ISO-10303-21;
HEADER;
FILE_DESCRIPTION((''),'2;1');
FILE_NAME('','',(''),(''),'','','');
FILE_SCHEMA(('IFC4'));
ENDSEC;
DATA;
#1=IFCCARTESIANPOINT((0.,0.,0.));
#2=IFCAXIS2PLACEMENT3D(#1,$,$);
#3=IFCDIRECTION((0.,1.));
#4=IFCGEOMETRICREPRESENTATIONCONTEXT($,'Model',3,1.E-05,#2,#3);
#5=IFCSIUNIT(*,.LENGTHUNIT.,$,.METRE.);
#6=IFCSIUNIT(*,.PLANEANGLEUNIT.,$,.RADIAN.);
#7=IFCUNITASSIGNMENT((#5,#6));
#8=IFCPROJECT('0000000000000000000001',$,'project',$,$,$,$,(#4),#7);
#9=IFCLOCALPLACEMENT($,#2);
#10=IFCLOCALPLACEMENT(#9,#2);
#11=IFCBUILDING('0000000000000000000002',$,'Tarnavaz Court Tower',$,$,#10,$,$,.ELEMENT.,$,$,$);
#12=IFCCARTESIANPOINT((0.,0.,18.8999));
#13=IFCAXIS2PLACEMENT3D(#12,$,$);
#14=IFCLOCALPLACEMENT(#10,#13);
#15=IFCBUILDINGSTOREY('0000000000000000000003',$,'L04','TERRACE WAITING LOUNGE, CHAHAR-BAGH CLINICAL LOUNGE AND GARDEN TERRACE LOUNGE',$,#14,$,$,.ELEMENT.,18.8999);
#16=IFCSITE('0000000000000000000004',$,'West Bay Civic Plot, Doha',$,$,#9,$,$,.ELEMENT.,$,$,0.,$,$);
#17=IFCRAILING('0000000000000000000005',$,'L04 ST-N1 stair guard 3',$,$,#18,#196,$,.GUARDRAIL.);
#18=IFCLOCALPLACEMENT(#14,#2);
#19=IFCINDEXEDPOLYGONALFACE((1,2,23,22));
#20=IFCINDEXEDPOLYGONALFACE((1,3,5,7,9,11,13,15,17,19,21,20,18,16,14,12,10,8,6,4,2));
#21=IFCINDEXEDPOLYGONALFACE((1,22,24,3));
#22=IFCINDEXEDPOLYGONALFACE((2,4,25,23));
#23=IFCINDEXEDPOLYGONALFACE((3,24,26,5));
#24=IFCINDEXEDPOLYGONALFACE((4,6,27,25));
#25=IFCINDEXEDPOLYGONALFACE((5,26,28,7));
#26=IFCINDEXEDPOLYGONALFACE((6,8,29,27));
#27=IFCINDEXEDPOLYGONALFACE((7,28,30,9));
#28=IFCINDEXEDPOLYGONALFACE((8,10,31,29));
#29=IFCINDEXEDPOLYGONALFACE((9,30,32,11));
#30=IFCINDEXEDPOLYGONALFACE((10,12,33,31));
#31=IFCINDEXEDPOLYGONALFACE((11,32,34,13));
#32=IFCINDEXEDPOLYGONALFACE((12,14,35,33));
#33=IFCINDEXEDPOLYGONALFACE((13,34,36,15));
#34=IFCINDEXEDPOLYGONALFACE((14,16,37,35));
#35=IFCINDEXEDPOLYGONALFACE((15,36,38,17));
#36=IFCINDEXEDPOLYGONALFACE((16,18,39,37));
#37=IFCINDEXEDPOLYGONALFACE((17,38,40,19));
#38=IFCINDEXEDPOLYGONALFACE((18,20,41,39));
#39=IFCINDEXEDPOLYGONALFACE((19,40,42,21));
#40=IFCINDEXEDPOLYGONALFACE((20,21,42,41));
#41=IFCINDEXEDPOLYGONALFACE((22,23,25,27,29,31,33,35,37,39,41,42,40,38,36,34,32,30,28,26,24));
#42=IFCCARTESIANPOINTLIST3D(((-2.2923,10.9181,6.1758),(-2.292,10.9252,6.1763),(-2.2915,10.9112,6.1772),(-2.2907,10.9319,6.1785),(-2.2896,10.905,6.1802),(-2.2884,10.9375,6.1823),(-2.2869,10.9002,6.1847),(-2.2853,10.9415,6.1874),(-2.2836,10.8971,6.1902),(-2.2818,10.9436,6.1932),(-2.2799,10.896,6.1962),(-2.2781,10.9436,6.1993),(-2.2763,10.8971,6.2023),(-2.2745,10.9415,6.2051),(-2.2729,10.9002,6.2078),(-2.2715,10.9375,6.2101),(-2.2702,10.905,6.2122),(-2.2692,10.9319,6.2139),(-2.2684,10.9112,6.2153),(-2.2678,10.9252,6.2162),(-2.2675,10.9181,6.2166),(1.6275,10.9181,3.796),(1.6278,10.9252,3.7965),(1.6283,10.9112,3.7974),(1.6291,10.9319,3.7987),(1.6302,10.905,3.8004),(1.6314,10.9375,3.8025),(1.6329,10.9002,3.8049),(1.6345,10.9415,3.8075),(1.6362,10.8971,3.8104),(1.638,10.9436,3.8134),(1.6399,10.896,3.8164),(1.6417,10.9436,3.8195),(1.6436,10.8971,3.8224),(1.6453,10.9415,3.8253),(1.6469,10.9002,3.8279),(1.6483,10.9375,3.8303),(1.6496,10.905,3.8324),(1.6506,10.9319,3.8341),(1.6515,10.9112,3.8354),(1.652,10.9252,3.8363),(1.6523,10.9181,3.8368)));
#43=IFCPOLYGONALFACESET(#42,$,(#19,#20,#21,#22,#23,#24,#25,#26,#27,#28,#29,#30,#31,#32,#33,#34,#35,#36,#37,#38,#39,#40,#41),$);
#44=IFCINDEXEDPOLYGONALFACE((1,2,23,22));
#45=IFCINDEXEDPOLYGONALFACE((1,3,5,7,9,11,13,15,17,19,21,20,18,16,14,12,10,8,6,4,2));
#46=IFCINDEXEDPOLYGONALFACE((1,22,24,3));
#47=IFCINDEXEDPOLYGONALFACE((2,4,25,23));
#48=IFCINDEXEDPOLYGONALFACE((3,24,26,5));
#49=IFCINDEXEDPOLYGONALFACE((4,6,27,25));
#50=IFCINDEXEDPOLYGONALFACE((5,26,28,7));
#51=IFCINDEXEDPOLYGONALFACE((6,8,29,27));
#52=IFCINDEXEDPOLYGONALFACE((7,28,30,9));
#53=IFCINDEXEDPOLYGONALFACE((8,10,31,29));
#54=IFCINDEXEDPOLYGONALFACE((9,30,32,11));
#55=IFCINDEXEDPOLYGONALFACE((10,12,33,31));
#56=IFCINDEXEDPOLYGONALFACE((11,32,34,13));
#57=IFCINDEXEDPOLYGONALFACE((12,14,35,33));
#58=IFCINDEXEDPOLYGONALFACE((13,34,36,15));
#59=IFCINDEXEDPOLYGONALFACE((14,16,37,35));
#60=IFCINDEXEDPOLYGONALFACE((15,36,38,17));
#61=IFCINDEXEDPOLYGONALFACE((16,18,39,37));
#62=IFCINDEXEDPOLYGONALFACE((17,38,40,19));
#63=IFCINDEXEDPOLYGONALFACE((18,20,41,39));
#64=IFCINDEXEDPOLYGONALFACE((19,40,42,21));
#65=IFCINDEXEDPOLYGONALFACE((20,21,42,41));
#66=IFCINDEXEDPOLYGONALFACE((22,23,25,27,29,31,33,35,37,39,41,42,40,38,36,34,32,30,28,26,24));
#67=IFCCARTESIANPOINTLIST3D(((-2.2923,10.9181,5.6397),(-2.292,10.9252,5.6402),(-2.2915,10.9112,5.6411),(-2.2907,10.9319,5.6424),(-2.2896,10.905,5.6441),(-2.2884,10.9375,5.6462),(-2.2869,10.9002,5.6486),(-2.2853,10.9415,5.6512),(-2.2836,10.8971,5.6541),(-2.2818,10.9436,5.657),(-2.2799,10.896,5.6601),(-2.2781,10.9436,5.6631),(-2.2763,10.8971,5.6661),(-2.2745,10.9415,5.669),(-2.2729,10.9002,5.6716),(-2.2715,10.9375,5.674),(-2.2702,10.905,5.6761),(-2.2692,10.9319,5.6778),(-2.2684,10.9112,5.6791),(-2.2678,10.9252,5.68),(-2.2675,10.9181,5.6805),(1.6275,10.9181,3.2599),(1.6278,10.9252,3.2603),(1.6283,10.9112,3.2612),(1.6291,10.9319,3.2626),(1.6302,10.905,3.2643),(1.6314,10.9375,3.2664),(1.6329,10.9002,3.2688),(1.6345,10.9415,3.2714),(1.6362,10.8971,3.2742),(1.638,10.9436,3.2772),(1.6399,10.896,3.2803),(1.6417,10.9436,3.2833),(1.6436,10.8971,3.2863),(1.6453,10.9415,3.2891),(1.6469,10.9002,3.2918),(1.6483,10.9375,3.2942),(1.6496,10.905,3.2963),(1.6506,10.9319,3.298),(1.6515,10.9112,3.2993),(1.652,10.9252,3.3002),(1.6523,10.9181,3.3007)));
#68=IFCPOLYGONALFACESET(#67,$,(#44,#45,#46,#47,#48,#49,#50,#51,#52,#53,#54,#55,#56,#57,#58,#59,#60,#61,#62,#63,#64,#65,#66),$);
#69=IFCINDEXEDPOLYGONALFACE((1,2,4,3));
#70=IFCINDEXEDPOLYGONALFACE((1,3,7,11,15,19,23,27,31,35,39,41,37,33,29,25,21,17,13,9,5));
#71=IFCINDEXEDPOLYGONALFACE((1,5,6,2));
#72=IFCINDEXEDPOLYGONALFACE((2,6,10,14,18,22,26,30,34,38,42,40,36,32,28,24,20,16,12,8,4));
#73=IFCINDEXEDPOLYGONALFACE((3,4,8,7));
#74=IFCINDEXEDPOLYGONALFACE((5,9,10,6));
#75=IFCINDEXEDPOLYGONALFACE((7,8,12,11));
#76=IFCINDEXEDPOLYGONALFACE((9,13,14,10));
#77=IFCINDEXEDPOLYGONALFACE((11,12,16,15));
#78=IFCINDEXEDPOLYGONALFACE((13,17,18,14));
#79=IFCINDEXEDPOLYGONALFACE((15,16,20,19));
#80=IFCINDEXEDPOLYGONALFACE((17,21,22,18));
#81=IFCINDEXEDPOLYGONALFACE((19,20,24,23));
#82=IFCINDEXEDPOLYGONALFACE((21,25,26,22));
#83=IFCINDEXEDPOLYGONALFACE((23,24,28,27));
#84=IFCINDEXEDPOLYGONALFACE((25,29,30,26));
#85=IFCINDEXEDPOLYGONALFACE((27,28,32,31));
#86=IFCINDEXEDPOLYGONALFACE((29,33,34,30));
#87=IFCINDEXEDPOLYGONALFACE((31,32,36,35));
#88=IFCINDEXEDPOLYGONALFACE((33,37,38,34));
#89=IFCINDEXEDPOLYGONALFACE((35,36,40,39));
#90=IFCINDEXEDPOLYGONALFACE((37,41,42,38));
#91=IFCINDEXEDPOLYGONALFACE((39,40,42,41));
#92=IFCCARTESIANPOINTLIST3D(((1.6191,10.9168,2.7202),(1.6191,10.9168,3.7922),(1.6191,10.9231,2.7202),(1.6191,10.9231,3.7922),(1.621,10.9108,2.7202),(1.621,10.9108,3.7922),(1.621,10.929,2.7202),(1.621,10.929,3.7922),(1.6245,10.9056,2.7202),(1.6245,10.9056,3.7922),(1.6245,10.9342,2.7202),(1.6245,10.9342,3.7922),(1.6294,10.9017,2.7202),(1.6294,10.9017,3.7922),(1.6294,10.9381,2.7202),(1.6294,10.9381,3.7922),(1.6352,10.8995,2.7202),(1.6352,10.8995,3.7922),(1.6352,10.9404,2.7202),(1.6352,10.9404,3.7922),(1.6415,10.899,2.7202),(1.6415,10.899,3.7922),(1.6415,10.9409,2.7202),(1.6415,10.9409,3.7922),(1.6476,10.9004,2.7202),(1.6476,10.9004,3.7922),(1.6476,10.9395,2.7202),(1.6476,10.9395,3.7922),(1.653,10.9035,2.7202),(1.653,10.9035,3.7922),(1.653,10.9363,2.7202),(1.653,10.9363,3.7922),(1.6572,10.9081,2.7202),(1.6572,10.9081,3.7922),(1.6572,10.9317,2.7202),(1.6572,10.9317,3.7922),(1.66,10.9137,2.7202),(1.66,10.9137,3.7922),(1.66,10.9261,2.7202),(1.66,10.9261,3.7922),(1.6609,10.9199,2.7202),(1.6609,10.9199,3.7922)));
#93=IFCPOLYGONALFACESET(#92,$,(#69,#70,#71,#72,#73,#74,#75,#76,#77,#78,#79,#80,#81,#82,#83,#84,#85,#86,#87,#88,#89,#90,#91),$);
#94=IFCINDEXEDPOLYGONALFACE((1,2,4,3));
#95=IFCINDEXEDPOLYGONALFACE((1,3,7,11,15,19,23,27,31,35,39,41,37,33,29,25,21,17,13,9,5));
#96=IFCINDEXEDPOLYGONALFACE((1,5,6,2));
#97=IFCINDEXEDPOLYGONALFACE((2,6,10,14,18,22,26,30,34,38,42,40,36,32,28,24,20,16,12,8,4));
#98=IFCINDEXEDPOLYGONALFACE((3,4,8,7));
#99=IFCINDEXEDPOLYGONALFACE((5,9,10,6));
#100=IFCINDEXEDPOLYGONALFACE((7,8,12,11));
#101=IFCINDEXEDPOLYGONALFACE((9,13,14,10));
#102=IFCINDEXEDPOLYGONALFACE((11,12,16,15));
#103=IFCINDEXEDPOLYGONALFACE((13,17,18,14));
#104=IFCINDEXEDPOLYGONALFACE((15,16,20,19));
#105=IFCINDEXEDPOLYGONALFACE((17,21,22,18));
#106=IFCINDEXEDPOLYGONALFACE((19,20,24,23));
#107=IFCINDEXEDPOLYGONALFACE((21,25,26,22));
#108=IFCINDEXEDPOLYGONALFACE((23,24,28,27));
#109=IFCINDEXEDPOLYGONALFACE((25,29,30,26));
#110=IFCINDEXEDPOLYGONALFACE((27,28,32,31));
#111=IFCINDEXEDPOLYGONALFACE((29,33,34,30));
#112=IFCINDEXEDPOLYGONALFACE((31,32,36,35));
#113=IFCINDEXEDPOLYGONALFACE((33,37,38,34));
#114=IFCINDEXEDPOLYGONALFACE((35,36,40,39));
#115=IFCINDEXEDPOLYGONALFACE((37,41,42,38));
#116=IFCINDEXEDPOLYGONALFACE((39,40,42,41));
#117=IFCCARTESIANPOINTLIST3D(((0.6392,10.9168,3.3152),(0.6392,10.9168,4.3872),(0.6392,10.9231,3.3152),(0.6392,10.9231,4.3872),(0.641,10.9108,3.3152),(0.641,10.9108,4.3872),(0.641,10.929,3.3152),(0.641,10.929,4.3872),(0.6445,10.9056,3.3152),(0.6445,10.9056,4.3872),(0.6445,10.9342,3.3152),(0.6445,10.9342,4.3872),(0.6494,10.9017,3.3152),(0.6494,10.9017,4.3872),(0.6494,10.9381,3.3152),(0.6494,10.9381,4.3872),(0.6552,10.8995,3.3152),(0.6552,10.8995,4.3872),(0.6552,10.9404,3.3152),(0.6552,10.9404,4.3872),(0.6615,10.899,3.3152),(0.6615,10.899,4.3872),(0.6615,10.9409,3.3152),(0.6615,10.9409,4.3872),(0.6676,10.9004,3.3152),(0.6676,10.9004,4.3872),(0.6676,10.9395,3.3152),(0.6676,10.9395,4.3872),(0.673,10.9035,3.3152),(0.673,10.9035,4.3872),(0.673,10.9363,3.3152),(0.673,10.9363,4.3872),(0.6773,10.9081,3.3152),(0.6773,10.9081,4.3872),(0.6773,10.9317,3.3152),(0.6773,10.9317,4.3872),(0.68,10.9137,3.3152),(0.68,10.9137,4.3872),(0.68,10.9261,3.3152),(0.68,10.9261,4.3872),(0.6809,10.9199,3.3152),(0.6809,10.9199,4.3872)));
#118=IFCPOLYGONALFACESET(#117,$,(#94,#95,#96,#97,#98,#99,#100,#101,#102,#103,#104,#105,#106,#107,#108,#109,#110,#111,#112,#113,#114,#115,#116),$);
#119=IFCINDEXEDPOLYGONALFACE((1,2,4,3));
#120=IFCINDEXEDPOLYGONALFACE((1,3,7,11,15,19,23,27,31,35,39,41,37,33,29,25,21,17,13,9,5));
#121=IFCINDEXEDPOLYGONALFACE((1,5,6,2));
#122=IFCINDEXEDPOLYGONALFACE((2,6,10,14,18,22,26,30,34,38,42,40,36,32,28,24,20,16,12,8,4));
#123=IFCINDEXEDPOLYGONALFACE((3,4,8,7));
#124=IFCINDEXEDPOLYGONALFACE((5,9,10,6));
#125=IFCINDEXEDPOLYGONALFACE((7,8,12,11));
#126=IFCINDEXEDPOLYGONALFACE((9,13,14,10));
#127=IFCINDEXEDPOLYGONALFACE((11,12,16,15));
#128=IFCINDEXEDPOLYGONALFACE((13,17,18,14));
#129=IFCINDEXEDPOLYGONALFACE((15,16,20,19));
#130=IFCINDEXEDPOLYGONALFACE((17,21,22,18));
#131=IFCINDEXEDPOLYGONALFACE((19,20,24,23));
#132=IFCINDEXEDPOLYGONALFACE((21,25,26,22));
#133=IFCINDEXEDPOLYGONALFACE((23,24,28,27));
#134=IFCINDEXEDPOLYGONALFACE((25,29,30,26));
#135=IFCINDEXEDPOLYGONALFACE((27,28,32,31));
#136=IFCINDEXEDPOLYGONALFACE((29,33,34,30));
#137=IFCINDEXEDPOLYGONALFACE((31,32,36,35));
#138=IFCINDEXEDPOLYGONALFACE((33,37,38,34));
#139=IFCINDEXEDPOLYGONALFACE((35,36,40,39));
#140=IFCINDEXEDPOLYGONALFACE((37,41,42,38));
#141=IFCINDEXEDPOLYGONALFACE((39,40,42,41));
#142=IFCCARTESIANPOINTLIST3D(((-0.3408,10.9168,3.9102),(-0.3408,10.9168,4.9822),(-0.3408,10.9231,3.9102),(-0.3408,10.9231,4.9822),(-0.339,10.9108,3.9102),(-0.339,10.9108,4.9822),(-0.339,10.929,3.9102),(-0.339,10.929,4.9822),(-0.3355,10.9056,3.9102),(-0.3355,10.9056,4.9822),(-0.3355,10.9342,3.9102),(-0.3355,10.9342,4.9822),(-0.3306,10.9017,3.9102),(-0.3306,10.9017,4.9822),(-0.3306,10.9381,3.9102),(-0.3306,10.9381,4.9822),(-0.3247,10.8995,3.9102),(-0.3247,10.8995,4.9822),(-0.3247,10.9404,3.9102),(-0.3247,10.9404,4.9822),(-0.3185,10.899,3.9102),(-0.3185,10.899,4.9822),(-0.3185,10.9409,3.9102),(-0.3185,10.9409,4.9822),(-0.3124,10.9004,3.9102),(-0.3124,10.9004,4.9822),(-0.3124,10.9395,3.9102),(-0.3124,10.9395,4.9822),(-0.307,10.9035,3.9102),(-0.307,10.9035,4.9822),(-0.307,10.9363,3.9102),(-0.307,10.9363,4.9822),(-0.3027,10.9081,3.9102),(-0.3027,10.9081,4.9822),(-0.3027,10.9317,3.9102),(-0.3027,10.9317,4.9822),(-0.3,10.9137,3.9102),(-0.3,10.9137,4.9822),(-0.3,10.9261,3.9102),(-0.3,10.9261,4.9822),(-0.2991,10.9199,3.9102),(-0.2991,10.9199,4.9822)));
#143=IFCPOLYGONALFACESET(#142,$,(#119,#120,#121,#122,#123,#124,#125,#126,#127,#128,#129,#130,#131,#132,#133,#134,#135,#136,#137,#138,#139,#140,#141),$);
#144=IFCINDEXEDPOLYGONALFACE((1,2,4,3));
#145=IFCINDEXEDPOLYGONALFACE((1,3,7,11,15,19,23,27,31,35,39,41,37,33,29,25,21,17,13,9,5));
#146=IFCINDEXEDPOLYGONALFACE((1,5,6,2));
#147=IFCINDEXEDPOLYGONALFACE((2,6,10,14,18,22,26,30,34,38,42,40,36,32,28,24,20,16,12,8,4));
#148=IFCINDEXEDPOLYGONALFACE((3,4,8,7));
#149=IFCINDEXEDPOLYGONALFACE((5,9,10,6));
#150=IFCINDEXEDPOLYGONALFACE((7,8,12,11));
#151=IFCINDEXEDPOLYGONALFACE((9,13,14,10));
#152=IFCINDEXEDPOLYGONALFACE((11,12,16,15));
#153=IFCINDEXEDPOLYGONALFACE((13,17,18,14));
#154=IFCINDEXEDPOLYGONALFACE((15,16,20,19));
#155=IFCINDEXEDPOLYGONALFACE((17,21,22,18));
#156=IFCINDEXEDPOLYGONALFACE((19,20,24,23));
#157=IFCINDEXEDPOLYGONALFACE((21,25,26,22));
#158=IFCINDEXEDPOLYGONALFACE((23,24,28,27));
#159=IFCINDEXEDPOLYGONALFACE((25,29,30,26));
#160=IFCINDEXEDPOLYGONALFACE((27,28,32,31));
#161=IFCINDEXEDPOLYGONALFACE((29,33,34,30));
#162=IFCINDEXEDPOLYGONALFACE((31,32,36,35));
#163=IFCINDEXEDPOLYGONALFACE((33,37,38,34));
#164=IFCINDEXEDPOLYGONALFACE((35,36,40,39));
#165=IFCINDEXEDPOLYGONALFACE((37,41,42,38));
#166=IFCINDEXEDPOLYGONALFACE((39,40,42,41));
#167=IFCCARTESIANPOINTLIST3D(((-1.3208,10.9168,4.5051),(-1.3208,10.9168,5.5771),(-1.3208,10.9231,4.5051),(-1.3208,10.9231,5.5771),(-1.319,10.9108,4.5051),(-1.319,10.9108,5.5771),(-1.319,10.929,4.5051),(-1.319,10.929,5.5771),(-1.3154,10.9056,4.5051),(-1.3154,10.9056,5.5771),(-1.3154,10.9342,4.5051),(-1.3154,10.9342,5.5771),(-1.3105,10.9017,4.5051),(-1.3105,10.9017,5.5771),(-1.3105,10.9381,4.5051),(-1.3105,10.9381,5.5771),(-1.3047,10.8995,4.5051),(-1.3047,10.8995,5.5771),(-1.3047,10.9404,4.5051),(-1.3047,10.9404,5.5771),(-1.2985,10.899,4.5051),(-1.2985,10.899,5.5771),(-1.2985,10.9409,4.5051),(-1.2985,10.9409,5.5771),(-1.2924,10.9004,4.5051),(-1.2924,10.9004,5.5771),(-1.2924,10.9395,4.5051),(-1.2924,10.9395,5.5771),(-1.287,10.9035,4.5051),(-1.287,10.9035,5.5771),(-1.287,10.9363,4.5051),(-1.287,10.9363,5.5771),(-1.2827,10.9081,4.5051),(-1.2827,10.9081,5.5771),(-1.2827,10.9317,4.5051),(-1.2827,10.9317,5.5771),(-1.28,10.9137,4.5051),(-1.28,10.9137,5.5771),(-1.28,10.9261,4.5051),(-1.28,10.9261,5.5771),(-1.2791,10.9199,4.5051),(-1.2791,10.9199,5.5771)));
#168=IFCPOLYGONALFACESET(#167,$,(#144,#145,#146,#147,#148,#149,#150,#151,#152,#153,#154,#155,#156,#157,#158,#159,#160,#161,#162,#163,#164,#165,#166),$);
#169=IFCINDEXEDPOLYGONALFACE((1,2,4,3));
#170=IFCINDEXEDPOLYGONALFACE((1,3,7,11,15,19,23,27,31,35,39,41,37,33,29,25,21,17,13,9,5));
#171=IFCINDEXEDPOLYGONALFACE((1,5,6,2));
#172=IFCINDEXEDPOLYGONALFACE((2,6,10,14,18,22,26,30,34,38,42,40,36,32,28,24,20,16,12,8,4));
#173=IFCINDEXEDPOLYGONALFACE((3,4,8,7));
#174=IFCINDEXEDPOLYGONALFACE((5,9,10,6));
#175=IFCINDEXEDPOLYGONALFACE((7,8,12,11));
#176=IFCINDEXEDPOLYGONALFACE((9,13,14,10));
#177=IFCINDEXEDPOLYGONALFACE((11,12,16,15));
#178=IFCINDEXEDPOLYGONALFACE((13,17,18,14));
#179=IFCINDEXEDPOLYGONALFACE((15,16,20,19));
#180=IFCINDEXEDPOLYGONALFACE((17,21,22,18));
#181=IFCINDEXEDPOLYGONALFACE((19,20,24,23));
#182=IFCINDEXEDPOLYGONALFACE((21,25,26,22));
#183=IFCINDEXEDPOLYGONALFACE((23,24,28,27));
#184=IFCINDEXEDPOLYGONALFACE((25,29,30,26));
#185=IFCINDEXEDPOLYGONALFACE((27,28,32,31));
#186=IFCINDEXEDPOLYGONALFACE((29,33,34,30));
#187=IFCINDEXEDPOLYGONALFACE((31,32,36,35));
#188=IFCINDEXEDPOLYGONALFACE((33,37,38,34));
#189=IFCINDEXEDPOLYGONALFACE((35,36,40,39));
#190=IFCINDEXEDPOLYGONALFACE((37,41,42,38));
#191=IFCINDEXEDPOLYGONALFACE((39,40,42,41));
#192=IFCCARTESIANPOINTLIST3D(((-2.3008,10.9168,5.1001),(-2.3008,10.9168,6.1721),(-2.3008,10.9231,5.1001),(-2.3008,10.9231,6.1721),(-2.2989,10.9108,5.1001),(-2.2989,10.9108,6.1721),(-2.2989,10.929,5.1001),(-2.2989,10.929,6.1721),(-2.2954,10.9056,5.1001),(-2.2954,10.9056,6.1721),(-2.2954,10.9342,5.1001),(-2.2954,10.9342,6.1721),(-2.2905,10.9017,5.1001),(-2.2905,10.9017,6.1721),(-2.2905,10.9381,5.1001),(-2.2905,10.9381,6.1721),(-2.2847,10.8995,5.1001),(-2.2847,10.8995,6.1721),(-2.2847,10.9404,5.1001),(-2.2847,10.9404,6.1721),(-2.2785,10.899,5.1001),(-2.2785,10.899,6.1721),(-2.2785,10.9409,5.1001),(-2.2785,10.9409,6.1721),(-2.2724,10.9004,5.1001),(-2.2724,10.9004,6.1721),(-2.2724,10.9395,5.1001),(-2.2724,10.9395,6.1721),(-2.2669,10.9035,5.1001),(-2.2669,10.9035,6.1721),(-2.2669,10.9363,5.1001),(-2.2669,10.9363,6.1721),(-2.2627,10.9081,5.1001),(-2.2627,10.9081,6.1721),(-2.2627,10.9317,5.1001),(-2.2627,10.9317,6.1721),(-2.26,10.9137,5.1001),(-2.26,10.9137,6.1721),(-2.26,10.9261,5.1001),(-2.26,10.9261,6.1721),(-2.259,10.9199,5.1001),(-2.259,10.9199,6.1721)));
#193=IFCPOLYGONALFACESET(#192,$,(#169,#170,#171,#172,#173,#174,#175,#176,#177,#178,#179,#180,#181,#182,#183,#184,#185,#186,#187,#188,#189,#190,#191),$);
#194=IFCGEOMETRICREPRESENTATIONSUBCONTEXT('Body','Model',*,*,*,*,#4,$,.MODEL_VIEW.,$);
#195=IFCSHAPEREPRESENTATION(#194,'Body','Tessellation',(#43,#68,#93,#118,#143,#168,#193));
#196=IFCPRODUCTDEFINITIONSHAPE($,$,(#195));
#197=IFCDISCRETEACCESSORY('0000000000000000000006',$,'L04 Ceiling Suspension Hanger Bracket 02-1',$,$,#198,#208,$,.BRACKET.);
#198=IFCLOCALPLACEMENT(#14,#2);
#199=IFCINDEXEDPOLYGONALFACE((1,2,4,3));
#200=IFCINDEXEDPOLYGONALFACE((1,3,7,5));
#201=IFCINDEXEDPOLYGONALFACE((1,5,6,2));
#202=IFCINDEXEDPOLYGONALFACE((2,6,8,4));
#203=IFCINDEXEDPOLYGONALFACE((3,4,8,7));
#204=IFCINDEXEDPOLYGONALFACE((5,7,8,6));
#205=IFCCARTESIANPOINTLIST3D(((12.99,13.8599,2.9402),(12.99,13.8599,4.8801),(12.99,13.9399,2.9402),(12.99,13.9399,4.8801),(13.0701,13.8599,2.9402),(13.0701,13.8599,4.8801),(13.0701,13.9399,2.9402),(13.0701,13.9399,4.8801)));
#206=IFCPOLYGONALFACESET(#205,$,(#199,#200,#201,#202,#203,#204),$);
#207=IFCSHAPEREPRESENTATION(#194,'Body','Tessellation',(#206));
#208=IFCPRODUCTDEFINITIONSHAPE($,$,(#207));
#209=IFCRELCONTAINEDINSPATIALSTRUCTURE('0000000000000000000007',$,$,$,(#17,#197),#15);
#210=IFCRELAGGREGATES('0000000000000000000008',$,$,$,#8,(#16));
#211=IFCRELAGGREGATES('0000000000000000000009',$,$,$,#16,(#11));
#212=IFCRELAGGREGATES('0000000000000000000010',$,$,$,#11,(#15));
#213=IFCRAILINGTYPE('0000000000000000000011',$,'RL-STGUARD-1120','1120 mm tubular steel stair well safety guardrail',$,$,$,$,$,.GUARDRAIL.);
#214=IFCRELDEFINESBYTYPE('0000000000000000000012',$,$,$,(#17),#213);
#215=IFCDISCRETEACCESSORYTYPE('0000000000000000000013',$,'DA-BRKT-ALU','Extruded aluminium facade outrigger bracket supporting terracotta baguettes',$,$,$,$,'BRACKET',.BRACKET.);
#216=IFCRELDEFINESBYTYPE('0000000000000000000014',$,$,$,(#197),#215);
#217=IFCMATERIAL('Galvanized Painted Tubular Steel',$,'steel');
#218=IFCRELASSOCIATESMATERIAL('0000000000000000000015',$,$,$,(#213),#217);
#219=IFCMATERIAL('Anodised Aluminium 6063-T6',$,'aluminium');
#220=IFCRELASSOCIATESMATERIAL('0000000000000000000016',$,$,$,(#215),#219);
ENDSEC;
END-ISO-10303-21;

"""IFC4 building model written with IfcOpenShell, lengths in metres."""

from ifc_helpers import new_model, si_unit, direction, frame, origin, origin_2d, place, context, subcontext, project, spatial, rectangle, circle, extrude, material, type_object, element, save


model = new_model("IFC4")

# Units and contexts
model_context = context("Model", 3, precision=1e-05, world=origin(), true_north=direction((0.0, 1.0)))
body_context = subcontext(model_context, "Body", "Model", "MODEL_VIEW")
ifc_project = project(units=[si_unit("LENGTHUNIT", "METRE"), si_unit("PLANEANGLEUNIT", "RADIAN")], contexts=[model_context])

# Site, building, storey
site_placement = place(None, origin())
site = spatial("IfcSite", under=ifc_project, at=site_placement, Name="West Bay Civic Plot, Doha", CompositionType="ELEMENT", RefElevation=0.0)
building_placement = place(site_placement, origin())
building = spatial("IfcBuilding", under=site, at=building_placement, Name="Tarnavaz Court Tower", CompositionType="ELEMENT")
storey_placement = place(building_placement, frame((0.0, 0.0, 18.8999)))
storey = spatial("IfcBuildingStorey", under=building, at=storey_placement, Name="L04", Description="TERRACE WAITING LOUNGE, CHAHAR-BAGH CLINICAL LOUNGE AND GARDEN TERRACE LOUNGE", CompositionType="ELEMENT", Elevation=18.8999)

# Railing
ifc_material_1 = material(Name="Galvanized Painted Tubular Steel", Category="steel")
railing_type_1 = type_object("IfcRailingType", Name="RL-STGUARD-1120", Description="1120 mm tubular steel stair well safety guardrail", PredefinedType="GUARDRAIL", material=ifc_material_1)
railing_1_placement = place(storey_placement, frame((1.6399, 10.9199, 2.7202)))
element("IfcRailing", 1, at=railing_1_placement, inside=storey, type_object=railing_type_1, Name="L04 ST-N1 stair guard 3", PredefinedType="GUARDRAIL", context=body_context, shape_type="SweptSolid", body=[
    extrude(circle(Radius=0.0239, at=origin_2d()), frame((0.0, 0.0, 1.0962), z_axis=(-0.854794, 0.0, 0.518967), x_axis=(0.0, -1.0, 0.0)), (0.0, 0.0, 1.0), 4.5857),
    extrude(circle(Radius=0.0239, at=origin_2d()), frame((0.0, 0.0, 0.5601), z_axis=(-0.854794, 0.0, 0.518967), x_axis=(0.0, -1.0, 0.0)), (0.0, 0.0, 1.0), 4.5857),
    extrude(circle(Radius=0.021, at=origin_2d()), origin(), (0.0, 0.0, 1.0), 1.072),
    extrude(circle(Radius=0.021, at=origin_2d()), frame((-0.98, 0.0, 0.595)), (0.0, 0.0, 1.0), 1.072),
    extrude(circle(Radius=0.021, at=origin_2d()), frame((-1.96, 0.0, 1.1899)), (0.0, 0.0, 1.0), 1.072),
    extrude(circle(Radius=0.021, at=origin_2d()), frame((-2.9399, 0.0, 1.7849)), (0.0, 0.0, 1.0), 1.072),
    extrude(circle(Radius=0.021, at=origin_2d()), frame((-3.9199, 0.0, 2.3799)), (0.0, 0.0, 1.0), 1.072),
])

# Discrete accessory
ifc_material_2 = material(Name="Anodised Aluminium 6063-T6", Category="aluminium")
discrete_accessory_type_1 = type_object("IfcDiscreteAccessoryType", Name="DA-BRKT-ALU", Description="Extruded aluminium facade outrigger bracket supporting terracotta baguettes", ElementType="BRACKET", PredefinedType="BRACKET", material=ifc_material_2)
for number, where, z_axis, x_axis, name in (
    (2, (13.03, 13.8999, 2.9402), (0.0, 0.0, 1.0), (1.0, 0.0, 0.0), "L04 Ceiling Suspension Hanger Bracket 02-1"),
):
    element("IfcDiscreteAccessory", number, at=place(storey_placement, frame(where, z_axis=z_axis, x_axis=x_axis)), inside=storey, type_object=discrete_accessory_type_1, Name=name, PredefinedType="BRACKET", context=body_context, shape_type="SweptSolid", body=[
        extrude(rectangle(XDim=0.0801, YDim=0.0801, at=origin_2d()), origin(), (0.0, 0.0, 1.0), 1.9399),
    ])

save(model, "model.ifc")
